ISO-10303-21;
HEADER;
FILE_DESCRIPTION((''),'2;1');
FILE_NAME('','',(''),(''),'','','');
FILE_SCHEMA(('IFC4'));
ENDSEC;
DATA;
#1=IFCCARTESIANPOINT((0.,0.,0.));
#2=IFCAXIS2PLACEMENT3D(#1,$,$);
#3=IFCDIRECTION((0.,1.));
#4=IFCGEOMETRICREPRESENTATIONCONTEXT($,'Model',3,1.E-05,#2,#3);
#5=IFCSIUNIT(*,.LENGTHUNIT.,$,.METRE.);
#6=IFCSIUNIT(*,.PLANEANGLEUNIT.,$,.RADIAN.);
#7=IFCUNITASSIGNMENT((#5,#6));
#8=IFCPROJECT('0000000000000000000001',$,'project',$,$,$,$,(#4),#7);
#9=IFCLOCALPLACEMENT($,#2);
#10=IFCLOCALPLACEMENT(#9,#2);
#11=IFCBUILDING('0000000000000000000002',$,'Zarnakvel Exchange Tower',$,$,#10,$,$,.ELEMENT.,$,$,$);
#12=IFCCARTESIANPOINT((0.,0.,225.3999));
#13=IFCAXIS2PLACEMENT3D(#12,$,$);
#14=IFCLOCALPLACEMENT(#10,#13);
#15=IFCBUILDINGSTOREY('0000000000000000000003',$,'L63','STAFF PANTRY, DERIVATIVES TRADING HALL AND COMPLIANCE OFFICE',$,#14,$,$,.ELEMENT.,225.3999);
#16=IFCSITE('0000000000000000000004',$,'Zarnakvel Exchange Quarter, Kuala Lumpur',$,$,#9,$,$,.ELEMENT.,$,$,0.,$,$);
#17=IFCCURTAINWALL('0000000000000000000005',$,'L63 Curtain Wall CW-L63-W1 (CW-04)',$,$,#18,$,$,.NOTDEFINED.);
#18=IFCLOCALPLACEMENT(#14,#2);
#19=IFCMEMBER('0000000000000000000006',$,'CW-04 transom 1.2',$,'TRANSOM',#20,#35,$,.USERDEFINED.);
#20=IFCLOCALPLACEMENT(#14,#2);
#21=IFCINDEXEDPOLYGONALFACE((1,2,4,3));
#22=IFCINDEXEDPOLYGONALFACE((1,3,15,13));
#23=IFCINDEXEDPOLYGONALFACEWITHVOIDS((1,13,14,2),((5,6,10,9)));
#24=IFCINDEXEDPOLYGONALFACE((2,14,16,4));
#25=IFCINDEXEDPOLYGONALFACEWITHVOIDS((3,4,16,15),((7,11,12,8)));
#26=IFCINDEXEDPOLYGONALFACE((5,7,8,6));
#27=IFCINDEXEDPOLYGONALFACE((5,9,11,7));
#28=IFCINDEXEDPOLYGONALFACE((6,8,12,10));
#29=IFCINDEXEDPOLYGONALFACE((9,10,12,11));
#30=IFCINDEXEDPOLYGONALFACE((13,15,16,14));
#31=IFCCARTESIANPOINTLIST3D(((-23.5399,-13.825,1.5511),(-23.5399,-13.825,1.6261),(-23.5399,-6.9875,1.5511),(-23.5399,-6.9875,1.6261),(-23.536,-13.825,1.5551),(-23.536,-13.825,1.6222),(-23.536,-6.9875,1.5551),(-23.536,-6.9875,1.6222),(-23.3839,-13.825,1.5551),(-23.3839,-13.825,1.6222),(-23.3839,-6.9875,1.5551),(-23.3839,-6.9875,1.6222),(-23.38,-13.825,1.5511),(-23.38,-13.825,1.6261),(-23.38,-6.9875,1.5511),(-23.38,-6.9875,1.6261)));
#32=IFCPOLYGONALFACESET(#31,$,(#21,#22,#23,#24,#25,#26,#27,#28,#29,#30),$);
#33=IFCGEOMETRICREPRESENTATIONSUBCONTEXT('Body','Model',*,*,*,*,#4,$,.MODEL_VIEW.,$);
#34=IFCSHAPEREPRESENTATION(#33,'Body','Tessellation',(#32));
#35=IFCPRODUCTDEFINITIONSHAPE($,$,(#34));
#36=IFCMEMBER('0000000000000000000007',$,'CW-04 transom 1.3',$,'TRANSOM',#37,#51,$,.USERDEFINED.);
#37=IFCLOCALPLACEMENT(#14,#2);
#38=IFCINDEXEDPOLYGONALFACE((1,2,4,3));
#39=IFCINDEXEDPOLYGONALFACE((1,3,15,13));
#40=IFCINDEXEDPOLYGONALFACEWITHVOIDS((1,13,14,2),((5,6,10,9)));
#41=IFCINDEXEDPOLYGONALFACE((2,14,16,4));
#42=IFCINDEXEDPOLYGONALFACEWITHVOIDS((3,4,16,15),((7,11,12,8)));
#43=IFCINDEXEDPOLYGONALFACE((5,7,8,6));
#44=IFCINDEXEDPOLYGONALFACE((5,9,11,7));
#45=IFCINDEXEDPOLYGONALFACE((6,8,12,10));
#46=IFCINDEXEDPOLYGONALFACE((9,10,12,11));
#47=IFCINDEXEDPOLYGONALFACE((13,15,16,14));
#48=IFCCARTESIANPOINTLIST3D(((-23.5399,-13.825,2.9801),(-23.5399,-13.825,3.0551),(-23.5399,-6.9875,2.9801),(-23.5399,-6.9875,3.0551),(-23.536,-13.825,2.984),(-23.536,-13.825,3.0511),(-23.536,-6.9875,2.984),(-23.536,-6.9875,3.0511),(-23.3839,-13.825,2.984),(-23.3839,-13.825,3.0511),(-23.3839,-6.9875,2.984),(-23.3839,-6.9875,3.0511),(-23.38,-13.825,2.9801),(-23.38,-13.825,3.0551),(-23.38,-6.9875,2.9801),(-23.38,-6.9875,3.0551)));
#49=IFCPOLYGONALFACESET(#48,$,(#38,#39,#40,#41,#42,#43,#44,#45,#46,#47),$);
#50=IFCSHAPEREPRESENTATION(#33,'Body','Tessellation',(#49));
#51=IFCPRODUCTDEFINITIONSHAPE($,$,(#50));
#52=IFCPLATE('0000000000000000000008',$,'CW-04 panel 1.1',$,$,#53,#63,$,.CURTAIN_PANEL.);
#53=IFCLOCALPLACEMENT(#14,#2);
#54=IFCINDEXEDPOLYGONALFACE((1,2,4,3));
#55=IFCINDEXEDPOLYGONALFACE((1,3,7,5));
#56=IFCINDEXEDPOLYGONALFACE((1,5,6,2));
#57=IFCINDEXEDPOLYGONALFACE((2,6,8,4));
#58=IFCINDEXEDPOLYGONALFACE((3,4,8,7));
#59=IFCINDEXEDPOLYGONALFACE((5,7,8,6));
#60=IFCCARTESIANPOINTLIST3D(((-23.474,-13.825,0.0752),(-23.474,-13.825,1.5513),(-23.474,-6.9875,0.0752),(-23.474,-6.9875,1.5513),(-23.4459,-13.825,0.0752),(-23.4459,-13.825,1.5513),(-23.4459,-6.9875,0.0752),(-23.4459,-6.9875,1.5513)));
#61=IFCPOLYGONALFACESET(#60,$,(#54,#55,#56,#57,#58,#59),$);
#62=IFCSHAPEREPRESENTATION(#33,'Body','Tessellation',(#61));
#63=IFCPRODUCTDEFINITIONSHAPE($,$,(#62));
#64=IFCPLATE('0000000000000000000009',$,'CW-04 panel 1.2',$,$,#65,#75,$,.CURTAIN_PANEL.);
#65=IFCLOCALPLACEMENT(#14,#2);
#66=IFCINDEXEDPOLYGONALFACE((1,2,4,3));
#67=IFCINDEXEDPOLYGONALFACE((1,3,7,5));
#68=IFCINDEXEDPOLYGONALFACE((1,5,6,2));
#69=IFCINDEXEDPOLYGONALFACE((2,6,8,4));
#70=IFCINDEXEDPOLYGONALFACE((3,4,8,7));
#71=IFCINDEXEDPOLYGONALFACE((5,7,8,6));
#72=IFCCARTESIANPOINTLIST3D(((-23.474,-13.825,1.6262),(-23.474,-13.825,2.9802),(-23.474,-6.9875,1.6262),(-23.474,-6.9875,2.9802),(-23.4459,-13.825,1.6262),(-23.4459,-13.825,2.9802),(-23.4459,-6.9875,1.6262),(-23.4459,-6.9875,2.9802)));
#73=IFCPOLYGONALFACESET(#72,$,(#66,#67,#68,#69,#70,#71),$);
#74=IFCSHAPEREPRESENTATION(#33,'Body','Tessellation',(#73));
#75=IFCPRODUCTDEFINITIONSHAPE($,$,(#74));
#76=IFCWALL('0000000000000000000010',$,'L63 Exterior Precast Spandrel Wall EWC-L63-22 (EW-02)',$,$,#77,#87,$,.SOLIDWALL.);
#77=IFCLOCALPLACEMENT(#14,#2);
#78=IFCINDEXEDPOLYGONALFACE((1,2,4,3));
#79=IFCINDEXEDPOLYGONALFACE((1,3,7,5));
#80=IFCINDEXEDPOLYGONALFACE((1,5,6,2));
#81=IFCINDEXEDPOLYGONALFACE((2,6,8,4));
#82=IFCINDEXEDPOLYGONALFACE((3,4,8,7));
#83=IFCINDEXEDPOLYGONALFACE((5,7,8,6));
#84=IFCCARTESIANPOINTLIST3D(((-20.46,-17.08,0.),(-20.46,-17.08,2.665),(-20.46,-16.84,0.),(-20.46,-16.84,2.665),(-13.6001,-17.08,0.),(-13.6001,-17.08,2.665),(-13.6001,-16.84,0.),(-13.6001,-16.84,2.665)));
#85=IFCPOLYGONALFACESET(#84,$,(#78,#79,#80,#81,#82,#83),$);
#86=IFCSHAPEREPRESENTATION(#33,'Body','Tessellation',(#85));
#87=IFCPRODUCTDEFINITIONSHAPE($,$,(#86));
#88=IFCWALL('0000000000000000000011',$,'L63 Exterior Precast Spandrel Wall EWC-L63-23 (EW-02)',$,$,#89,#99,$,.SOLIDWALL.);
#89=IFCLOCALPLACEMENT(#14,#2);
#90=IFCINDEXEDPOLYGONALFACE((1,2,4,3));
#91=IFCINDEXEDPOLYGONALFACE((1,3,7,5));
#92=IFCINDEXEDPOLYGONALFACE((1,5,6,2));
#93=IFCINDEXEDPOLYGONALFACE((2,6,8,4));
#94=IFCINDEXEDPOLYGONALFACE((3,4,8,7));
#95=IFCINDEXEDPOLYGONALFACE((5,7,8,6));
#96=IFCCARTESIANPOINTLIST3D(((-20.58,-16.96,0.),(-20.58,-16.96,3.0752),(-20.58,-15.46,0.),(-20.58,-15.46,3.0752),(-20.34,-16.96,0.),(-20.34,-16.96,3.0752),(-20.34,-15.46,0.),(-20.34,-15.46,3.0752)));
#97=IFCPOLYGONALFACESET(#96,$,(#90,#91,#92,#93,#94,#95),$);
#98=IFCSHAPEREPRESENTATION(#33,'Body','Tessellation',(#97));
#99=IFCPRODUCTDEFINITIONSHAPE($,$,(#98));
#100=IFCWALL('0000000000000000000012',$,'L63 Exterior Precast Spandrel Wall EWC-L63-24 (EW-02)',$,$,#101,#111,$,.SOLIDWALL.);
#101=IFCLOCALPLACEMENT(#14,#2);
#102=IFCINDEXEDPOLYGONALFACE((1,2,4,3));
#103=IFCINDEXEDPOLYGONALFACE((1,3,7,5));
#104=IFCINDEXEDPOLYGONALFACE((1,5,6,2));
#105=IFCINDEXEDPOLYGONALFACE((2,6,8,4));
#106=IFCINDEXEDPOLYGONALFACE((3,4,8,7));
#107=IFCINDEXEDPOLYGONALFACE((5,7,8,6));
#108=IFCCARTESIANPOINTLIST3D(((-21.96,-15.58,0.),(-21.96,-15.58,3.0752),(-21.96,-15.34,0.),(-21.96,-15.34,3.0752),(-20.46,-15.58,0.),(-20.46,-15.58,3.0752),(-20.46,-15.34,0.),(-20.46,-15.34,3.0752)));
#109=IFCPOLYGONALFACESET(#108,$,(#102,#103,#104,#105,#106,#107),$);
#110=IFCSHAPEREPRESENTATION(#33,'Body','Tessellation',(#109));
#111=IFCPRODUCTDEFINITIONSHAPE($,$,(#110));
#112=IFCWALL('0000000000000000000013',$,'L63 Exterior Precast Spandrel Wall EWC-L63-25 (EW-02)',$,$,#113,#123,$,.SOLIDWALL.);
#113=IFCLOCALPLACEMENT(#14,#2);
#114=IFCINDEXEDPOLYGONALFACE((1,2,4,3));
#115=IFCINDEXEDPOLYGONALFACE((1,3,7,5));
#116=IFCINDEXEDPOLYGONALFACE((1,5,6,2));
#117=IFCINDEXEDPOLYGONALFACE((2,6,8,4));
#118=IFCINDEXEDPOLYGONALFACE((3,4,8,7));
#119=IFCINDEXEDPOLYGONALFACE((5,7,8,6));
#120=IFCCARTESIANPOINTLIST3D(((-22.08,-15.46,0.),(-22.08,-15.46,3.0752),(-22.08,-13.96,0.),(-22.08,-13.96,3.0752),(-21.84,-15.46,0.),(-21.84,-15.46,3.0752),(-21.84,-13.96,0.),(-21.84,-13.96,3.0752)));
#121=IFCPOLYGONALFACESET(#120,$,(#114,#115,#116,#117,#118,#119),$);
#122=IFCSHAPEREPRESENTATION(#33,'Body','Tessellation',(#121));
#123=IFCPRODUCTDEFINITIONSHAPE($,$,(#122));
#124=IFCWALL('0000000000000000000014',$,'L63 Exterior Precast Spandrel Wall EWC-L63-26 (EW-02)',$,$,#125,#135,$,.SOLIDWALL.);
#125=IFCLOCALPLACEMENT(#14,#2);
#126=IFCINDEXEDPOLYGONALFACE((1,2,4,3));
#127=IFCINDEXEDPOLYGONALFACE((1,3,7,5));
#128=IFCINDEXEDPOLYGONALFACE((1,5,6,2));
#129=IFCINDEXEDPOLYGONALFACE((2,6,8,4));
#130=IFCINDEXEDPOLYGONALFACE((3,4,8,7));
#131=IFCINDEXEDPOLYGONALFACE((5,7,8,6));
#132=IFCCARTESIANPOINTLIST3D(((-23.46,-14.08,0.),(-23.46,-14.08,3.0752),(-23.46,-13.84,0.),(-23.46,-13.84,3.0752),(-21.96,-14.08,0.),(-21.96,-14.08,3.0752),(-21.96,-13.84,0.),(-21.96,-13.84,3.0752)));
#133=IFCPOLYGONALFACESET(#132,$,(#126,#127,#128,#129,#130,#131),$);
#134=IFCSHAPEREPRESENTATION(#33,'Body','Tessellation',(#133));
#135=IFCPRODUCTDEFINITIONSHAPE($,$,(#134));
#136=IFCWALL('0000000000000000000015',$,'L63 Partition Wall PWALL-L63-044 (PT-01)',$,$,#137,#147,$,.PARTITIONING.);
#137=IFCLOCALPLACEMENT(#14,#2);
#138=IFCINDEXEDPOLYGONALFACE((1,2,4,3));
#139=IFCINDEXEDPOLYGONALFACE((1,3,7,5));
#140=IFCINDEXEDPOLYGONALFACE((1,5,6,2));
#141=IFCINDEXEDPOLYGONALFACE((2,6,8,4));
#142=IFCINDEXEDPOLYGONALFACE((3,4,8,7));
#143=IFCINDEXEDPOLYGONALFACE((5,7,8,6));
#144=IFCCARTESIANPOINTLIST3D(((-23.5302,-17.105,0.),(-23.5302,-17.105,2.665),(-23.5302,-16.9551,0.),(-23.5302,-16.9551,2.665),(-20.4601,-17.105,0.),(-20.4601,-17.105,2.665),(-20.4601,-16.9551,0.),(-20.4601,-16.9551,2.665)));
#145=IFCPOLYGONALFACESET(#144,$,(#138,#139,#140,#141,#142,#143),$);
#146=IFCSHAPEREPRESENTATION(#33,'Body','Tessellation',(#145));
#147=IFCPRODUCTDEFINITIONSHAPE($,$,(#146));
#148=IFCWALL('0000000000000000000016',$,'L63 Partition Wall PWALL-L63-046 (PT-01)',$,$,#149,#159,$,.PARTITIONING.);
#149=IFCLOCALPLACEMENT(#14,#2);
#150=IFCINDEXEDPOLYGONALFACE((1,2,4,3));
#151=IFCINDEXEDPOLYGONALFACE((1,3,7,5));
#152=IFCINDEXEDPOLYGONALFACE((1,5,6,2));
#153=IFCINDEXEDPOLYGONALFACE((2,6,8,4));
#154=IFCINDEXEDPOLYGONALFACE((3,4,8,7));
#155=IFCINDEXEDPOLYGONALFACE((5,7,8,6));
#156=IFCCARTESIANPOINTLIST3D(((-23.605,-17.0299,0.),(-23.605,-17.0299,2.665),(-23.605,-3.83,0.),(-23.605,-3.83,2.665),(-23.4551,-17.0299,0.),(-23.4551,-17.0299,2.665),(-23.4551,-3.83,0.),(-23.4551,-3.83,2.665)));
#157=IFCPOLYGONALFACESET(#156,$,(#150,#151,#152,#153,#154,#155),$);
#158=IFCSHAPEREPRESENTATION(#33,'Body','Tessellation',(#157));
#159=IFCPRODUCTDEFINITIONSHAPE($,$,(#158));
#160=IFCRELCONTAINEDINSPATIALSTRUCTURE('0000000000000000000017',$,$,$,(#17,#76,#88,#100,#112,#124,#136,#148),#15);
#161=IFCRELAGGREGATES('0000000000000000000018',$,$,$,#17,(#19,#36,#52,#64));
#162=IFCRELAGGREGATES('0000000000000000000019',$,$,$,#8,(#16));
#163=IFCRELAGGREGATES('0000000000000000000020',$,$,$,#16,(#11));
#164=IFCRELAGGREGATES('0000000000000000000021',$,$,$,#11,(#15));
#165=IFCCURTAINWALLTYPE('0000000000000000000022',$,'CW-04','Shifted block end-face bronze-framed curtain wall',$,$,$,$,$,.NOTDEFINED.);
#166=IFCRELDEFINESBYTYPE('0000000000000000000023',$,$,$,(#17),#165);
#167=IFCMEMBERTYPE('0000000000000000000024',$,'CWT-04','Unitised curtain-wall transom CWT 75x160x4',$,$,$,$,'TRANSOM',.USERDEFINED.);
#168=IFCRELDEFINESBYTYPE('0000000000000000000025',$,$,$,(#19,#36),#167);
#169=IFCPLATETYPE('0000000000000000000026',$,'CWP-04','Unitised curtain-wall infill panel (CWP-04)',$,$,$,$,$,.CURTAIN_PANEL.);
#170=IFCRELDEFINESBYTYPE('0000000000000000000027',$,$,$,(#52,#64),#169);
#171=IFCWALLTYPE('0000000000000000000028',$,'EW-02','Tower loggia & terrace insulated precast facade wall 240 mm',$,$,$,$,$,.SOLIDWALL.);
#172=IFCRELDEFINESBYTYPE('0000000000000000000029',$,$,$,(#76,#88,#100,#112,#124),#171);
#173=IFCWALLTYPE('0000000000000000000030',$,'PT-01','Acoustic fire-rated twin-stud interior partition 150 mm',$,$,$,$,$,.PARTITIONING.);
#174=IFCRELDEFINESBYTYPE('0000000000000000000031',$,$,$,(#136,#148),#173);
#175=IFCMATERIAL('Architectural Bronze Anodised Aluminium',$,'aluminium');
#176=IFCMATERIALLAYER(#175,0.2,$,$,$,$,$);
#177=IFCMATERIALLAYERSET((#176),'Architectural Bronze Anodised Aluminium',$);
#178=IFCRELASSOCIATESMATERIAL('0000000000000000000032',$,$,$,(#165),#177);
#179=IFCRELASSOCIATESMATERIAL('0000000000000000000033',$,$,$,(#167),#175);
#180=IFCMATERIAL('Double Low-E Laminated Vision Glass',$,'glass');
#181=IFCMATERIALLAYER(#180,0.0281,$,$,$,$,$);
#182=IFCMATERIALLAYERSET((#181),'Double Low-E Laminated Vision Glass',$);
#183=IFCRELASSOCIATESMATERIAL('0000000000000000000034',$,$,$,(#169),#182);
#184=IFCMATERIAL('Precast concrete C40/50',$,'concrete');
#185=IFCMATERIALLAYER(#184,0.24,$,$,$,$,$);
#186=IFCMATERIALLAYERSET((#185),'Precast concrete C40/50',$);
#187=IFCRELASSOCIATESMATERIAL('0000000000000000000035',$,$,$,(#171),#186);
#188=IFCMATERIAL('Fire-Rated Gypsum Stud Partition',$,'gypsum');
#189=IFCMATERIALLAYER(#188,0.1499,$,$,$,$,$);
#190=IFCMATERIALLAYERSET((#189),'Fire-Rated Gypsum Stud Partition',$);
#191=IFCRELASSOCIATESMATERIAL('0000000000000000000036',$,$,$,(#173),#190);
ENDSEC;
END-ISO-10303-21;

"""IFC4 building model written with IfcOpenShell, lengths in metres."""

from ifc_helpers import new_model, si_unit, direction, frame, frame_2d, origin, origin_2d, place, context, subcontext, project, spatial, rectangle, hollow_rectangle, extrude, source, transform, mapped, material, layer, layer_set, material_profile, profile_set, type_object, element, aggregate, save


model = new_model("IFC4")

# Units and contexts
model_context = context("Model", 3, precision=1e-05, world=origin(), true_north=direction((0.0, 1.0)))
body_context = subcontext(model_context, "Body", "Model", "MODEL_VIEW")
ifc_project = project(units=[si_unit("LENGTHUNIT", "METRE"), si_unit("PLANEANGLEUNIT", "RADIAN")], contexts=[model_context])

# Site, building, storey
site_placement = place(None, origin())
site = spatial("IfcSite", under=ifc_project, at=site_placement, Name="Zarnakvel Exchange Quarter, Kuala Lumpur", CompositionType="ELEMENT", RefElevation=0.0)
building_placement = place(site_placement, origin())
building = spatial("IfcBuilding", under=site, at=building_placement, Name="Zarnakvel Exchange Tower", CompositionType="ELEMENT")
storey_placement = place(building_placement, frame((0.0, 0.0, 225.3999)))
storey = spatial("IfcBuildingStorey", under=building, at=storey_placement, Name="L63", Description="STAFF PANTRY, DERIVATIVES TRADING HALL AND COMPLIANCE OFFICE", CompositionType="ELEMENT", Elevation=225.3999)

# Curtain wall, members, plates
ifc_material_1 = material(Name="Architectural Bronze Anodised Aluminium", Category="aluminium")
ifc_layer_1 = layer(ifc_material_1, 0.2)
ifc_layer_set_1 = layer_set([ifc_layer_1], Name="Architectural Bronze Anodised Aluminium")
curtain_wall_type = type_object("IfcCurtainWallType", Name="CW-04", Description="Shifted block end-face bronze-framed curtain wall", PredefinedType="NOTDEFINED", material=ifc_layer_set_1)
curtain_wall_placement = place(storey_placement, origin())
curtain_wall = element("IfcCurtainWall", 1, at=curtain_wall_placement, inside=storey, type_object=curtain_wall_type, Name="L63 Curtain Wall CW-L63-W1 (CW-04)", PredefinedType="NOTDEFINED")
ifc_material_profile_1 = material_profile(ifc_material_1, hollow_rectangle(XDim=0.1599, YDim=0.075, WallThickness=0.0039, at=origin_2d()))
ifc_profile_set_1 = profile_set([ifc_material_profile_1], Name="Architectural Bronze Anodised Aluminium")
member_type_1 = type_object("IfcMemberType", Name="CWT-04", Description="Unitised curtain-wall transom CWT 75x160x4", ElementType="TRANSOM", PredefinedType="USERDEFINED", material=ifc_profile_set_1)
shared_shape_1 = source(origin(), body_context, "Body", "SweptSolid", [
    extrude(hollow_rectangle(XDim=0.1599, YDim=0.075, WallThickness=0.0039, at=origin_2d()), origin(), (0.0, 0.0, 1.0), 6.8374),
])
member_1_placement = place(storey_placement, frame((-23.46, -13.825, 1.5886), z_axis=(0.0, 1.0, 0.0), x_axis=(-1.0, 0.0, 0.0)))
member_1 = element("IfcMember", 2, at=member_1_placement, type_object=member_type_1, Name="CW-04 transom 1.2", ObjectType="TRANSOM", PredefinedType="USERDEFINED", context=body_context, shape_type="MappedRepresentation", body=[
    mapped(shared_shape_1, transform((0.0, 0.0, 0.0), x_axis=(1.0, 0.0, 0.0), y_axis=(0.0, 1.0, 0.0), z_axis=(0.0, 0.0, 1.0), scale=1.0)),
])
member_2_placement = place(storey_placement, frame((-23.46, -13.825, 3.0176), z_axis=(0.0, 1.0, 0.0), x_axis=(-1.0, 0.0, 0.0)))
member_2 = element("IfcMember", 3, at=member_2_placement, type_object=member_type_1, Name="CW-04 transom 1.3", ObjectType="TRANSOM", PredefinedType="USERDEFINED", context=body_context, shape_type="MappedRepresentation", body=[
    mapped(shared_shape_1, transform((0.0, 0.0, 0.0), x_axis=(1.0, 0.0, 0.0), y_axis=(0.0, 1.0, 0.0), z_axis=(0.0, 0.0, 1.0), scale=1.0)),
])
ifc_material_2 = material(Name="Double Low-E Laminated Vision Glass", Category="glass")
ifc_layer_2 = layer(ifc_material_2, 0.0281)
ifc_layer_set_2 = layer_set([ifc_layer_2], Name="Double Low-E Laminated Vision Glass")
plate_type = type_object("IfcPlateType", Name="CWP-04", Description="Unitised curtain-wall infill panel (CWP-04)", PredefinedType="CURTAIN_PANEL", material=ifc_layer_set_2)
shared_shape_2 = source(origin(), body_context, "Body", "SweptSolid", [
    extrude(rectangle(XDim=6.8374, YDim=0.0281, at=origin_2d()), origin(), (0.0, 0.0, 1.0), 1.4761),
])
plate_1_placement = place(storey_placement, frame((-23.46, -10.4062, 0.0752), z_axis=(0.0, 0.0, 1.0), x_axis=(0.0, 1.0, 0.0)))
plate_1 = element("IfcPlate", 4, at=plate_1_placement, type_object=plate_type, Name="CW-04 panel 1.1", PredefinedType="CURTAIN_PANEL", context=body_context, shape_type="MappedRepresentation", body=[
    mapped(shared_shape_2, transform((0.0, 0.0, 0.0), x_axis=(1.0, 0.0, 0.0), y_axis=(0.0, 1.0, 0.0), z_axis=(0.0, 0.0, 1.0), scale=1.0)),
])
shared_shape_3 = source(origin(), body_context, "Body", "SweptSolid", [
    extrude(rectangle(XDim=6.8374, YDim=0.0281, at=origin_2d()), origin(), (0.0, 0.0, 1.0), 1.354),
])
plate_2_placement = place(storey_placement, frame((-23.46, -10.4062, 1.6262), z_axis=(0.0, 0.0, 1.0), x_axis=(0.0, 1.0, 0.0)))
plate_2 = element("IfcPlate", 5, at=plate_2_placement, type_object=plate_type, Name="CW-04 panel 1.2", PredefinedType="CURTAIN_PANEL", context=body_context, shape_type="MappedRepresentation", body=[
    mapped(shared_shape_3, transform((0.0, 0.0, 0.0), x_axis=(1.0, 0.0, 0.0), y_axis=(0.0, 1.0, 0.0), z_axis=(0.0, 0.0, 1.0), scale=1.0)),
])
aggregate(curtain_wall, [member_1, member_2, plate_1, plate_2])

# Walls
ifc_material_3 = material(Name="Precast concrete C40/50", Category="concrete")
ifc_layer_3 = layer(ifc_material_3, 0.24)
ifc_layer_set_3 = layer_set([ifc_layer_3], Name="Precast concrete C40/50")
wall_type_1 = type_object("IfcWallType", Name="EW-02", Description="Tower loggia & terrace insulated precast facade wall 240 mm", PredefinedType="SOLIDWALL", material=ifc_layer_set_3)
wall_1_placement = place(storey_placement, frame((-20.46, -16.96, 0.0), z_axis=(0.0, 0.0, 1.0), x_axis=(1.0, 0.0, 0.0)))
element("IfcWall", 6, at=wall_1_placement, inside=storey, type_object=wall_type_1, Name="L63 Exterior Precast Spandrel Wall EWC-L63-22 (EW-02)", PredefinedType="SOLIDWALL", context=body_context, shape_type="SweptSolid", body=[
    extrude(rectangle(XDim=6.8599, YDim=0.24, at=frame_2d((3.4299, 0.0))), origin(), (0.0, 0.0, 1.0), 2.665),
])
for number, where, z_axis, x_axis, name in (
    (7, (-20.46, -15.46, 0.0), (0.0, 0.0, 1.0), (0.0, -1.0, 0.0), "L63 Exterior Precast Spandrel Wall EWC-L63-23 (EW-02)"),
    (8, (-21.96, -15.46, 0.0), (0.0, 0.0, 1.0), (1.0, 0.0, 0.0), "L63 Exterior Precast Spandrel Wall EWC-L63-24 (EW-02)"),
    (9, (-21.96, -13.96, 0.0), (0.0, 0.0, 1.0), (0.0, -1.0, 0.0), "L63 Exterior Precast Spandrel Wall EWC-L63-25 (EW-02)"),
    (10, (-23.46, -13.96, 0.0), (0.0, 0.0, 1.0), (1.0, 0.0, 0.0), "L63 Exterior Precast Spandrel Wall EWC-L63-26 (EW-02)"),
):
    element("IfcWall", number, at=place(storey_placement, frame(where, z_axis=z_axis, x_axis=x_axis)), inside=storey, type_object=wall_type_1, Name=name, PredefinedType="SOLIDWALL", context=body_context, shape_type="SweptSolid", body=[
        extrude(rectangle(XDim=1.5, YDim=0.24, at=frame_2d((0.75, 0.0))), origin(), (0.0, 0.0, 1.0), 3.0752),
    ])
ifc_material_4 = material(Name="Fire-Rated Gypsum Stud Partition", Category="gypsum")
ifc_layer_4 = layer(ifc_material_4, 0.1499)
ifc_layer_set_4 = layer_set([ifc_layer_4], Name="Fire-Rated Gypsum Stud Partition")
wall_type_2 = type_object("IfcWallType", Name="PT-01", Description="Acoustic fire-rated twin-stud interior partition 150 mm", PredefinedType="PARTITIONING", material=ifc_layer_set_4)
wall_2_placement = place(storey_placement, frame((-20.46, -17.03, 0.0), z_axis=(0.0, 0.0, 1.0), x_axis=(-1.0, 0.0, 0.0)))
element("IfcWall", 11, at=wall_2_placement, inside=storey, type_object=wall_type_2, Name="L63 Partition Wall PWALL-L63-044 (PT-01)", PredefinedType="PARTITIONING", context=body_context, shape_type="SweptSolid", body=[
    extrude(rectangle(XDim=3.0701, YDim=0.1499, at=frame_2d((1.5352, 0.0))), origin(), (0.0, 0.0, 1.0), 2.665),
])
wall_3_placement = place(storey_placement, frame((-23.53, -17.03, 0.0), z_axis=(0.0, 0.0, 1.0), x_axis=(0.0, 1.0, 0.0)))
element("IfcWall", 12, at=wall_3_placement, inside=storey, type_object=wall_type_2, Name="L63 Partition Wall PWALL-L63-046 (PT-01)", PredefinedType="PARTITIONING", context=body_context, shape_type="SweptSolid", body=[
    extrude(rectangle(XDim=13.2, YDim=0.1499, at=frame_2d((6.6001, 0.0))), origin(), (0.0, 0.0, 1.0), 2.665),
])

save(model, "model.ifc")
